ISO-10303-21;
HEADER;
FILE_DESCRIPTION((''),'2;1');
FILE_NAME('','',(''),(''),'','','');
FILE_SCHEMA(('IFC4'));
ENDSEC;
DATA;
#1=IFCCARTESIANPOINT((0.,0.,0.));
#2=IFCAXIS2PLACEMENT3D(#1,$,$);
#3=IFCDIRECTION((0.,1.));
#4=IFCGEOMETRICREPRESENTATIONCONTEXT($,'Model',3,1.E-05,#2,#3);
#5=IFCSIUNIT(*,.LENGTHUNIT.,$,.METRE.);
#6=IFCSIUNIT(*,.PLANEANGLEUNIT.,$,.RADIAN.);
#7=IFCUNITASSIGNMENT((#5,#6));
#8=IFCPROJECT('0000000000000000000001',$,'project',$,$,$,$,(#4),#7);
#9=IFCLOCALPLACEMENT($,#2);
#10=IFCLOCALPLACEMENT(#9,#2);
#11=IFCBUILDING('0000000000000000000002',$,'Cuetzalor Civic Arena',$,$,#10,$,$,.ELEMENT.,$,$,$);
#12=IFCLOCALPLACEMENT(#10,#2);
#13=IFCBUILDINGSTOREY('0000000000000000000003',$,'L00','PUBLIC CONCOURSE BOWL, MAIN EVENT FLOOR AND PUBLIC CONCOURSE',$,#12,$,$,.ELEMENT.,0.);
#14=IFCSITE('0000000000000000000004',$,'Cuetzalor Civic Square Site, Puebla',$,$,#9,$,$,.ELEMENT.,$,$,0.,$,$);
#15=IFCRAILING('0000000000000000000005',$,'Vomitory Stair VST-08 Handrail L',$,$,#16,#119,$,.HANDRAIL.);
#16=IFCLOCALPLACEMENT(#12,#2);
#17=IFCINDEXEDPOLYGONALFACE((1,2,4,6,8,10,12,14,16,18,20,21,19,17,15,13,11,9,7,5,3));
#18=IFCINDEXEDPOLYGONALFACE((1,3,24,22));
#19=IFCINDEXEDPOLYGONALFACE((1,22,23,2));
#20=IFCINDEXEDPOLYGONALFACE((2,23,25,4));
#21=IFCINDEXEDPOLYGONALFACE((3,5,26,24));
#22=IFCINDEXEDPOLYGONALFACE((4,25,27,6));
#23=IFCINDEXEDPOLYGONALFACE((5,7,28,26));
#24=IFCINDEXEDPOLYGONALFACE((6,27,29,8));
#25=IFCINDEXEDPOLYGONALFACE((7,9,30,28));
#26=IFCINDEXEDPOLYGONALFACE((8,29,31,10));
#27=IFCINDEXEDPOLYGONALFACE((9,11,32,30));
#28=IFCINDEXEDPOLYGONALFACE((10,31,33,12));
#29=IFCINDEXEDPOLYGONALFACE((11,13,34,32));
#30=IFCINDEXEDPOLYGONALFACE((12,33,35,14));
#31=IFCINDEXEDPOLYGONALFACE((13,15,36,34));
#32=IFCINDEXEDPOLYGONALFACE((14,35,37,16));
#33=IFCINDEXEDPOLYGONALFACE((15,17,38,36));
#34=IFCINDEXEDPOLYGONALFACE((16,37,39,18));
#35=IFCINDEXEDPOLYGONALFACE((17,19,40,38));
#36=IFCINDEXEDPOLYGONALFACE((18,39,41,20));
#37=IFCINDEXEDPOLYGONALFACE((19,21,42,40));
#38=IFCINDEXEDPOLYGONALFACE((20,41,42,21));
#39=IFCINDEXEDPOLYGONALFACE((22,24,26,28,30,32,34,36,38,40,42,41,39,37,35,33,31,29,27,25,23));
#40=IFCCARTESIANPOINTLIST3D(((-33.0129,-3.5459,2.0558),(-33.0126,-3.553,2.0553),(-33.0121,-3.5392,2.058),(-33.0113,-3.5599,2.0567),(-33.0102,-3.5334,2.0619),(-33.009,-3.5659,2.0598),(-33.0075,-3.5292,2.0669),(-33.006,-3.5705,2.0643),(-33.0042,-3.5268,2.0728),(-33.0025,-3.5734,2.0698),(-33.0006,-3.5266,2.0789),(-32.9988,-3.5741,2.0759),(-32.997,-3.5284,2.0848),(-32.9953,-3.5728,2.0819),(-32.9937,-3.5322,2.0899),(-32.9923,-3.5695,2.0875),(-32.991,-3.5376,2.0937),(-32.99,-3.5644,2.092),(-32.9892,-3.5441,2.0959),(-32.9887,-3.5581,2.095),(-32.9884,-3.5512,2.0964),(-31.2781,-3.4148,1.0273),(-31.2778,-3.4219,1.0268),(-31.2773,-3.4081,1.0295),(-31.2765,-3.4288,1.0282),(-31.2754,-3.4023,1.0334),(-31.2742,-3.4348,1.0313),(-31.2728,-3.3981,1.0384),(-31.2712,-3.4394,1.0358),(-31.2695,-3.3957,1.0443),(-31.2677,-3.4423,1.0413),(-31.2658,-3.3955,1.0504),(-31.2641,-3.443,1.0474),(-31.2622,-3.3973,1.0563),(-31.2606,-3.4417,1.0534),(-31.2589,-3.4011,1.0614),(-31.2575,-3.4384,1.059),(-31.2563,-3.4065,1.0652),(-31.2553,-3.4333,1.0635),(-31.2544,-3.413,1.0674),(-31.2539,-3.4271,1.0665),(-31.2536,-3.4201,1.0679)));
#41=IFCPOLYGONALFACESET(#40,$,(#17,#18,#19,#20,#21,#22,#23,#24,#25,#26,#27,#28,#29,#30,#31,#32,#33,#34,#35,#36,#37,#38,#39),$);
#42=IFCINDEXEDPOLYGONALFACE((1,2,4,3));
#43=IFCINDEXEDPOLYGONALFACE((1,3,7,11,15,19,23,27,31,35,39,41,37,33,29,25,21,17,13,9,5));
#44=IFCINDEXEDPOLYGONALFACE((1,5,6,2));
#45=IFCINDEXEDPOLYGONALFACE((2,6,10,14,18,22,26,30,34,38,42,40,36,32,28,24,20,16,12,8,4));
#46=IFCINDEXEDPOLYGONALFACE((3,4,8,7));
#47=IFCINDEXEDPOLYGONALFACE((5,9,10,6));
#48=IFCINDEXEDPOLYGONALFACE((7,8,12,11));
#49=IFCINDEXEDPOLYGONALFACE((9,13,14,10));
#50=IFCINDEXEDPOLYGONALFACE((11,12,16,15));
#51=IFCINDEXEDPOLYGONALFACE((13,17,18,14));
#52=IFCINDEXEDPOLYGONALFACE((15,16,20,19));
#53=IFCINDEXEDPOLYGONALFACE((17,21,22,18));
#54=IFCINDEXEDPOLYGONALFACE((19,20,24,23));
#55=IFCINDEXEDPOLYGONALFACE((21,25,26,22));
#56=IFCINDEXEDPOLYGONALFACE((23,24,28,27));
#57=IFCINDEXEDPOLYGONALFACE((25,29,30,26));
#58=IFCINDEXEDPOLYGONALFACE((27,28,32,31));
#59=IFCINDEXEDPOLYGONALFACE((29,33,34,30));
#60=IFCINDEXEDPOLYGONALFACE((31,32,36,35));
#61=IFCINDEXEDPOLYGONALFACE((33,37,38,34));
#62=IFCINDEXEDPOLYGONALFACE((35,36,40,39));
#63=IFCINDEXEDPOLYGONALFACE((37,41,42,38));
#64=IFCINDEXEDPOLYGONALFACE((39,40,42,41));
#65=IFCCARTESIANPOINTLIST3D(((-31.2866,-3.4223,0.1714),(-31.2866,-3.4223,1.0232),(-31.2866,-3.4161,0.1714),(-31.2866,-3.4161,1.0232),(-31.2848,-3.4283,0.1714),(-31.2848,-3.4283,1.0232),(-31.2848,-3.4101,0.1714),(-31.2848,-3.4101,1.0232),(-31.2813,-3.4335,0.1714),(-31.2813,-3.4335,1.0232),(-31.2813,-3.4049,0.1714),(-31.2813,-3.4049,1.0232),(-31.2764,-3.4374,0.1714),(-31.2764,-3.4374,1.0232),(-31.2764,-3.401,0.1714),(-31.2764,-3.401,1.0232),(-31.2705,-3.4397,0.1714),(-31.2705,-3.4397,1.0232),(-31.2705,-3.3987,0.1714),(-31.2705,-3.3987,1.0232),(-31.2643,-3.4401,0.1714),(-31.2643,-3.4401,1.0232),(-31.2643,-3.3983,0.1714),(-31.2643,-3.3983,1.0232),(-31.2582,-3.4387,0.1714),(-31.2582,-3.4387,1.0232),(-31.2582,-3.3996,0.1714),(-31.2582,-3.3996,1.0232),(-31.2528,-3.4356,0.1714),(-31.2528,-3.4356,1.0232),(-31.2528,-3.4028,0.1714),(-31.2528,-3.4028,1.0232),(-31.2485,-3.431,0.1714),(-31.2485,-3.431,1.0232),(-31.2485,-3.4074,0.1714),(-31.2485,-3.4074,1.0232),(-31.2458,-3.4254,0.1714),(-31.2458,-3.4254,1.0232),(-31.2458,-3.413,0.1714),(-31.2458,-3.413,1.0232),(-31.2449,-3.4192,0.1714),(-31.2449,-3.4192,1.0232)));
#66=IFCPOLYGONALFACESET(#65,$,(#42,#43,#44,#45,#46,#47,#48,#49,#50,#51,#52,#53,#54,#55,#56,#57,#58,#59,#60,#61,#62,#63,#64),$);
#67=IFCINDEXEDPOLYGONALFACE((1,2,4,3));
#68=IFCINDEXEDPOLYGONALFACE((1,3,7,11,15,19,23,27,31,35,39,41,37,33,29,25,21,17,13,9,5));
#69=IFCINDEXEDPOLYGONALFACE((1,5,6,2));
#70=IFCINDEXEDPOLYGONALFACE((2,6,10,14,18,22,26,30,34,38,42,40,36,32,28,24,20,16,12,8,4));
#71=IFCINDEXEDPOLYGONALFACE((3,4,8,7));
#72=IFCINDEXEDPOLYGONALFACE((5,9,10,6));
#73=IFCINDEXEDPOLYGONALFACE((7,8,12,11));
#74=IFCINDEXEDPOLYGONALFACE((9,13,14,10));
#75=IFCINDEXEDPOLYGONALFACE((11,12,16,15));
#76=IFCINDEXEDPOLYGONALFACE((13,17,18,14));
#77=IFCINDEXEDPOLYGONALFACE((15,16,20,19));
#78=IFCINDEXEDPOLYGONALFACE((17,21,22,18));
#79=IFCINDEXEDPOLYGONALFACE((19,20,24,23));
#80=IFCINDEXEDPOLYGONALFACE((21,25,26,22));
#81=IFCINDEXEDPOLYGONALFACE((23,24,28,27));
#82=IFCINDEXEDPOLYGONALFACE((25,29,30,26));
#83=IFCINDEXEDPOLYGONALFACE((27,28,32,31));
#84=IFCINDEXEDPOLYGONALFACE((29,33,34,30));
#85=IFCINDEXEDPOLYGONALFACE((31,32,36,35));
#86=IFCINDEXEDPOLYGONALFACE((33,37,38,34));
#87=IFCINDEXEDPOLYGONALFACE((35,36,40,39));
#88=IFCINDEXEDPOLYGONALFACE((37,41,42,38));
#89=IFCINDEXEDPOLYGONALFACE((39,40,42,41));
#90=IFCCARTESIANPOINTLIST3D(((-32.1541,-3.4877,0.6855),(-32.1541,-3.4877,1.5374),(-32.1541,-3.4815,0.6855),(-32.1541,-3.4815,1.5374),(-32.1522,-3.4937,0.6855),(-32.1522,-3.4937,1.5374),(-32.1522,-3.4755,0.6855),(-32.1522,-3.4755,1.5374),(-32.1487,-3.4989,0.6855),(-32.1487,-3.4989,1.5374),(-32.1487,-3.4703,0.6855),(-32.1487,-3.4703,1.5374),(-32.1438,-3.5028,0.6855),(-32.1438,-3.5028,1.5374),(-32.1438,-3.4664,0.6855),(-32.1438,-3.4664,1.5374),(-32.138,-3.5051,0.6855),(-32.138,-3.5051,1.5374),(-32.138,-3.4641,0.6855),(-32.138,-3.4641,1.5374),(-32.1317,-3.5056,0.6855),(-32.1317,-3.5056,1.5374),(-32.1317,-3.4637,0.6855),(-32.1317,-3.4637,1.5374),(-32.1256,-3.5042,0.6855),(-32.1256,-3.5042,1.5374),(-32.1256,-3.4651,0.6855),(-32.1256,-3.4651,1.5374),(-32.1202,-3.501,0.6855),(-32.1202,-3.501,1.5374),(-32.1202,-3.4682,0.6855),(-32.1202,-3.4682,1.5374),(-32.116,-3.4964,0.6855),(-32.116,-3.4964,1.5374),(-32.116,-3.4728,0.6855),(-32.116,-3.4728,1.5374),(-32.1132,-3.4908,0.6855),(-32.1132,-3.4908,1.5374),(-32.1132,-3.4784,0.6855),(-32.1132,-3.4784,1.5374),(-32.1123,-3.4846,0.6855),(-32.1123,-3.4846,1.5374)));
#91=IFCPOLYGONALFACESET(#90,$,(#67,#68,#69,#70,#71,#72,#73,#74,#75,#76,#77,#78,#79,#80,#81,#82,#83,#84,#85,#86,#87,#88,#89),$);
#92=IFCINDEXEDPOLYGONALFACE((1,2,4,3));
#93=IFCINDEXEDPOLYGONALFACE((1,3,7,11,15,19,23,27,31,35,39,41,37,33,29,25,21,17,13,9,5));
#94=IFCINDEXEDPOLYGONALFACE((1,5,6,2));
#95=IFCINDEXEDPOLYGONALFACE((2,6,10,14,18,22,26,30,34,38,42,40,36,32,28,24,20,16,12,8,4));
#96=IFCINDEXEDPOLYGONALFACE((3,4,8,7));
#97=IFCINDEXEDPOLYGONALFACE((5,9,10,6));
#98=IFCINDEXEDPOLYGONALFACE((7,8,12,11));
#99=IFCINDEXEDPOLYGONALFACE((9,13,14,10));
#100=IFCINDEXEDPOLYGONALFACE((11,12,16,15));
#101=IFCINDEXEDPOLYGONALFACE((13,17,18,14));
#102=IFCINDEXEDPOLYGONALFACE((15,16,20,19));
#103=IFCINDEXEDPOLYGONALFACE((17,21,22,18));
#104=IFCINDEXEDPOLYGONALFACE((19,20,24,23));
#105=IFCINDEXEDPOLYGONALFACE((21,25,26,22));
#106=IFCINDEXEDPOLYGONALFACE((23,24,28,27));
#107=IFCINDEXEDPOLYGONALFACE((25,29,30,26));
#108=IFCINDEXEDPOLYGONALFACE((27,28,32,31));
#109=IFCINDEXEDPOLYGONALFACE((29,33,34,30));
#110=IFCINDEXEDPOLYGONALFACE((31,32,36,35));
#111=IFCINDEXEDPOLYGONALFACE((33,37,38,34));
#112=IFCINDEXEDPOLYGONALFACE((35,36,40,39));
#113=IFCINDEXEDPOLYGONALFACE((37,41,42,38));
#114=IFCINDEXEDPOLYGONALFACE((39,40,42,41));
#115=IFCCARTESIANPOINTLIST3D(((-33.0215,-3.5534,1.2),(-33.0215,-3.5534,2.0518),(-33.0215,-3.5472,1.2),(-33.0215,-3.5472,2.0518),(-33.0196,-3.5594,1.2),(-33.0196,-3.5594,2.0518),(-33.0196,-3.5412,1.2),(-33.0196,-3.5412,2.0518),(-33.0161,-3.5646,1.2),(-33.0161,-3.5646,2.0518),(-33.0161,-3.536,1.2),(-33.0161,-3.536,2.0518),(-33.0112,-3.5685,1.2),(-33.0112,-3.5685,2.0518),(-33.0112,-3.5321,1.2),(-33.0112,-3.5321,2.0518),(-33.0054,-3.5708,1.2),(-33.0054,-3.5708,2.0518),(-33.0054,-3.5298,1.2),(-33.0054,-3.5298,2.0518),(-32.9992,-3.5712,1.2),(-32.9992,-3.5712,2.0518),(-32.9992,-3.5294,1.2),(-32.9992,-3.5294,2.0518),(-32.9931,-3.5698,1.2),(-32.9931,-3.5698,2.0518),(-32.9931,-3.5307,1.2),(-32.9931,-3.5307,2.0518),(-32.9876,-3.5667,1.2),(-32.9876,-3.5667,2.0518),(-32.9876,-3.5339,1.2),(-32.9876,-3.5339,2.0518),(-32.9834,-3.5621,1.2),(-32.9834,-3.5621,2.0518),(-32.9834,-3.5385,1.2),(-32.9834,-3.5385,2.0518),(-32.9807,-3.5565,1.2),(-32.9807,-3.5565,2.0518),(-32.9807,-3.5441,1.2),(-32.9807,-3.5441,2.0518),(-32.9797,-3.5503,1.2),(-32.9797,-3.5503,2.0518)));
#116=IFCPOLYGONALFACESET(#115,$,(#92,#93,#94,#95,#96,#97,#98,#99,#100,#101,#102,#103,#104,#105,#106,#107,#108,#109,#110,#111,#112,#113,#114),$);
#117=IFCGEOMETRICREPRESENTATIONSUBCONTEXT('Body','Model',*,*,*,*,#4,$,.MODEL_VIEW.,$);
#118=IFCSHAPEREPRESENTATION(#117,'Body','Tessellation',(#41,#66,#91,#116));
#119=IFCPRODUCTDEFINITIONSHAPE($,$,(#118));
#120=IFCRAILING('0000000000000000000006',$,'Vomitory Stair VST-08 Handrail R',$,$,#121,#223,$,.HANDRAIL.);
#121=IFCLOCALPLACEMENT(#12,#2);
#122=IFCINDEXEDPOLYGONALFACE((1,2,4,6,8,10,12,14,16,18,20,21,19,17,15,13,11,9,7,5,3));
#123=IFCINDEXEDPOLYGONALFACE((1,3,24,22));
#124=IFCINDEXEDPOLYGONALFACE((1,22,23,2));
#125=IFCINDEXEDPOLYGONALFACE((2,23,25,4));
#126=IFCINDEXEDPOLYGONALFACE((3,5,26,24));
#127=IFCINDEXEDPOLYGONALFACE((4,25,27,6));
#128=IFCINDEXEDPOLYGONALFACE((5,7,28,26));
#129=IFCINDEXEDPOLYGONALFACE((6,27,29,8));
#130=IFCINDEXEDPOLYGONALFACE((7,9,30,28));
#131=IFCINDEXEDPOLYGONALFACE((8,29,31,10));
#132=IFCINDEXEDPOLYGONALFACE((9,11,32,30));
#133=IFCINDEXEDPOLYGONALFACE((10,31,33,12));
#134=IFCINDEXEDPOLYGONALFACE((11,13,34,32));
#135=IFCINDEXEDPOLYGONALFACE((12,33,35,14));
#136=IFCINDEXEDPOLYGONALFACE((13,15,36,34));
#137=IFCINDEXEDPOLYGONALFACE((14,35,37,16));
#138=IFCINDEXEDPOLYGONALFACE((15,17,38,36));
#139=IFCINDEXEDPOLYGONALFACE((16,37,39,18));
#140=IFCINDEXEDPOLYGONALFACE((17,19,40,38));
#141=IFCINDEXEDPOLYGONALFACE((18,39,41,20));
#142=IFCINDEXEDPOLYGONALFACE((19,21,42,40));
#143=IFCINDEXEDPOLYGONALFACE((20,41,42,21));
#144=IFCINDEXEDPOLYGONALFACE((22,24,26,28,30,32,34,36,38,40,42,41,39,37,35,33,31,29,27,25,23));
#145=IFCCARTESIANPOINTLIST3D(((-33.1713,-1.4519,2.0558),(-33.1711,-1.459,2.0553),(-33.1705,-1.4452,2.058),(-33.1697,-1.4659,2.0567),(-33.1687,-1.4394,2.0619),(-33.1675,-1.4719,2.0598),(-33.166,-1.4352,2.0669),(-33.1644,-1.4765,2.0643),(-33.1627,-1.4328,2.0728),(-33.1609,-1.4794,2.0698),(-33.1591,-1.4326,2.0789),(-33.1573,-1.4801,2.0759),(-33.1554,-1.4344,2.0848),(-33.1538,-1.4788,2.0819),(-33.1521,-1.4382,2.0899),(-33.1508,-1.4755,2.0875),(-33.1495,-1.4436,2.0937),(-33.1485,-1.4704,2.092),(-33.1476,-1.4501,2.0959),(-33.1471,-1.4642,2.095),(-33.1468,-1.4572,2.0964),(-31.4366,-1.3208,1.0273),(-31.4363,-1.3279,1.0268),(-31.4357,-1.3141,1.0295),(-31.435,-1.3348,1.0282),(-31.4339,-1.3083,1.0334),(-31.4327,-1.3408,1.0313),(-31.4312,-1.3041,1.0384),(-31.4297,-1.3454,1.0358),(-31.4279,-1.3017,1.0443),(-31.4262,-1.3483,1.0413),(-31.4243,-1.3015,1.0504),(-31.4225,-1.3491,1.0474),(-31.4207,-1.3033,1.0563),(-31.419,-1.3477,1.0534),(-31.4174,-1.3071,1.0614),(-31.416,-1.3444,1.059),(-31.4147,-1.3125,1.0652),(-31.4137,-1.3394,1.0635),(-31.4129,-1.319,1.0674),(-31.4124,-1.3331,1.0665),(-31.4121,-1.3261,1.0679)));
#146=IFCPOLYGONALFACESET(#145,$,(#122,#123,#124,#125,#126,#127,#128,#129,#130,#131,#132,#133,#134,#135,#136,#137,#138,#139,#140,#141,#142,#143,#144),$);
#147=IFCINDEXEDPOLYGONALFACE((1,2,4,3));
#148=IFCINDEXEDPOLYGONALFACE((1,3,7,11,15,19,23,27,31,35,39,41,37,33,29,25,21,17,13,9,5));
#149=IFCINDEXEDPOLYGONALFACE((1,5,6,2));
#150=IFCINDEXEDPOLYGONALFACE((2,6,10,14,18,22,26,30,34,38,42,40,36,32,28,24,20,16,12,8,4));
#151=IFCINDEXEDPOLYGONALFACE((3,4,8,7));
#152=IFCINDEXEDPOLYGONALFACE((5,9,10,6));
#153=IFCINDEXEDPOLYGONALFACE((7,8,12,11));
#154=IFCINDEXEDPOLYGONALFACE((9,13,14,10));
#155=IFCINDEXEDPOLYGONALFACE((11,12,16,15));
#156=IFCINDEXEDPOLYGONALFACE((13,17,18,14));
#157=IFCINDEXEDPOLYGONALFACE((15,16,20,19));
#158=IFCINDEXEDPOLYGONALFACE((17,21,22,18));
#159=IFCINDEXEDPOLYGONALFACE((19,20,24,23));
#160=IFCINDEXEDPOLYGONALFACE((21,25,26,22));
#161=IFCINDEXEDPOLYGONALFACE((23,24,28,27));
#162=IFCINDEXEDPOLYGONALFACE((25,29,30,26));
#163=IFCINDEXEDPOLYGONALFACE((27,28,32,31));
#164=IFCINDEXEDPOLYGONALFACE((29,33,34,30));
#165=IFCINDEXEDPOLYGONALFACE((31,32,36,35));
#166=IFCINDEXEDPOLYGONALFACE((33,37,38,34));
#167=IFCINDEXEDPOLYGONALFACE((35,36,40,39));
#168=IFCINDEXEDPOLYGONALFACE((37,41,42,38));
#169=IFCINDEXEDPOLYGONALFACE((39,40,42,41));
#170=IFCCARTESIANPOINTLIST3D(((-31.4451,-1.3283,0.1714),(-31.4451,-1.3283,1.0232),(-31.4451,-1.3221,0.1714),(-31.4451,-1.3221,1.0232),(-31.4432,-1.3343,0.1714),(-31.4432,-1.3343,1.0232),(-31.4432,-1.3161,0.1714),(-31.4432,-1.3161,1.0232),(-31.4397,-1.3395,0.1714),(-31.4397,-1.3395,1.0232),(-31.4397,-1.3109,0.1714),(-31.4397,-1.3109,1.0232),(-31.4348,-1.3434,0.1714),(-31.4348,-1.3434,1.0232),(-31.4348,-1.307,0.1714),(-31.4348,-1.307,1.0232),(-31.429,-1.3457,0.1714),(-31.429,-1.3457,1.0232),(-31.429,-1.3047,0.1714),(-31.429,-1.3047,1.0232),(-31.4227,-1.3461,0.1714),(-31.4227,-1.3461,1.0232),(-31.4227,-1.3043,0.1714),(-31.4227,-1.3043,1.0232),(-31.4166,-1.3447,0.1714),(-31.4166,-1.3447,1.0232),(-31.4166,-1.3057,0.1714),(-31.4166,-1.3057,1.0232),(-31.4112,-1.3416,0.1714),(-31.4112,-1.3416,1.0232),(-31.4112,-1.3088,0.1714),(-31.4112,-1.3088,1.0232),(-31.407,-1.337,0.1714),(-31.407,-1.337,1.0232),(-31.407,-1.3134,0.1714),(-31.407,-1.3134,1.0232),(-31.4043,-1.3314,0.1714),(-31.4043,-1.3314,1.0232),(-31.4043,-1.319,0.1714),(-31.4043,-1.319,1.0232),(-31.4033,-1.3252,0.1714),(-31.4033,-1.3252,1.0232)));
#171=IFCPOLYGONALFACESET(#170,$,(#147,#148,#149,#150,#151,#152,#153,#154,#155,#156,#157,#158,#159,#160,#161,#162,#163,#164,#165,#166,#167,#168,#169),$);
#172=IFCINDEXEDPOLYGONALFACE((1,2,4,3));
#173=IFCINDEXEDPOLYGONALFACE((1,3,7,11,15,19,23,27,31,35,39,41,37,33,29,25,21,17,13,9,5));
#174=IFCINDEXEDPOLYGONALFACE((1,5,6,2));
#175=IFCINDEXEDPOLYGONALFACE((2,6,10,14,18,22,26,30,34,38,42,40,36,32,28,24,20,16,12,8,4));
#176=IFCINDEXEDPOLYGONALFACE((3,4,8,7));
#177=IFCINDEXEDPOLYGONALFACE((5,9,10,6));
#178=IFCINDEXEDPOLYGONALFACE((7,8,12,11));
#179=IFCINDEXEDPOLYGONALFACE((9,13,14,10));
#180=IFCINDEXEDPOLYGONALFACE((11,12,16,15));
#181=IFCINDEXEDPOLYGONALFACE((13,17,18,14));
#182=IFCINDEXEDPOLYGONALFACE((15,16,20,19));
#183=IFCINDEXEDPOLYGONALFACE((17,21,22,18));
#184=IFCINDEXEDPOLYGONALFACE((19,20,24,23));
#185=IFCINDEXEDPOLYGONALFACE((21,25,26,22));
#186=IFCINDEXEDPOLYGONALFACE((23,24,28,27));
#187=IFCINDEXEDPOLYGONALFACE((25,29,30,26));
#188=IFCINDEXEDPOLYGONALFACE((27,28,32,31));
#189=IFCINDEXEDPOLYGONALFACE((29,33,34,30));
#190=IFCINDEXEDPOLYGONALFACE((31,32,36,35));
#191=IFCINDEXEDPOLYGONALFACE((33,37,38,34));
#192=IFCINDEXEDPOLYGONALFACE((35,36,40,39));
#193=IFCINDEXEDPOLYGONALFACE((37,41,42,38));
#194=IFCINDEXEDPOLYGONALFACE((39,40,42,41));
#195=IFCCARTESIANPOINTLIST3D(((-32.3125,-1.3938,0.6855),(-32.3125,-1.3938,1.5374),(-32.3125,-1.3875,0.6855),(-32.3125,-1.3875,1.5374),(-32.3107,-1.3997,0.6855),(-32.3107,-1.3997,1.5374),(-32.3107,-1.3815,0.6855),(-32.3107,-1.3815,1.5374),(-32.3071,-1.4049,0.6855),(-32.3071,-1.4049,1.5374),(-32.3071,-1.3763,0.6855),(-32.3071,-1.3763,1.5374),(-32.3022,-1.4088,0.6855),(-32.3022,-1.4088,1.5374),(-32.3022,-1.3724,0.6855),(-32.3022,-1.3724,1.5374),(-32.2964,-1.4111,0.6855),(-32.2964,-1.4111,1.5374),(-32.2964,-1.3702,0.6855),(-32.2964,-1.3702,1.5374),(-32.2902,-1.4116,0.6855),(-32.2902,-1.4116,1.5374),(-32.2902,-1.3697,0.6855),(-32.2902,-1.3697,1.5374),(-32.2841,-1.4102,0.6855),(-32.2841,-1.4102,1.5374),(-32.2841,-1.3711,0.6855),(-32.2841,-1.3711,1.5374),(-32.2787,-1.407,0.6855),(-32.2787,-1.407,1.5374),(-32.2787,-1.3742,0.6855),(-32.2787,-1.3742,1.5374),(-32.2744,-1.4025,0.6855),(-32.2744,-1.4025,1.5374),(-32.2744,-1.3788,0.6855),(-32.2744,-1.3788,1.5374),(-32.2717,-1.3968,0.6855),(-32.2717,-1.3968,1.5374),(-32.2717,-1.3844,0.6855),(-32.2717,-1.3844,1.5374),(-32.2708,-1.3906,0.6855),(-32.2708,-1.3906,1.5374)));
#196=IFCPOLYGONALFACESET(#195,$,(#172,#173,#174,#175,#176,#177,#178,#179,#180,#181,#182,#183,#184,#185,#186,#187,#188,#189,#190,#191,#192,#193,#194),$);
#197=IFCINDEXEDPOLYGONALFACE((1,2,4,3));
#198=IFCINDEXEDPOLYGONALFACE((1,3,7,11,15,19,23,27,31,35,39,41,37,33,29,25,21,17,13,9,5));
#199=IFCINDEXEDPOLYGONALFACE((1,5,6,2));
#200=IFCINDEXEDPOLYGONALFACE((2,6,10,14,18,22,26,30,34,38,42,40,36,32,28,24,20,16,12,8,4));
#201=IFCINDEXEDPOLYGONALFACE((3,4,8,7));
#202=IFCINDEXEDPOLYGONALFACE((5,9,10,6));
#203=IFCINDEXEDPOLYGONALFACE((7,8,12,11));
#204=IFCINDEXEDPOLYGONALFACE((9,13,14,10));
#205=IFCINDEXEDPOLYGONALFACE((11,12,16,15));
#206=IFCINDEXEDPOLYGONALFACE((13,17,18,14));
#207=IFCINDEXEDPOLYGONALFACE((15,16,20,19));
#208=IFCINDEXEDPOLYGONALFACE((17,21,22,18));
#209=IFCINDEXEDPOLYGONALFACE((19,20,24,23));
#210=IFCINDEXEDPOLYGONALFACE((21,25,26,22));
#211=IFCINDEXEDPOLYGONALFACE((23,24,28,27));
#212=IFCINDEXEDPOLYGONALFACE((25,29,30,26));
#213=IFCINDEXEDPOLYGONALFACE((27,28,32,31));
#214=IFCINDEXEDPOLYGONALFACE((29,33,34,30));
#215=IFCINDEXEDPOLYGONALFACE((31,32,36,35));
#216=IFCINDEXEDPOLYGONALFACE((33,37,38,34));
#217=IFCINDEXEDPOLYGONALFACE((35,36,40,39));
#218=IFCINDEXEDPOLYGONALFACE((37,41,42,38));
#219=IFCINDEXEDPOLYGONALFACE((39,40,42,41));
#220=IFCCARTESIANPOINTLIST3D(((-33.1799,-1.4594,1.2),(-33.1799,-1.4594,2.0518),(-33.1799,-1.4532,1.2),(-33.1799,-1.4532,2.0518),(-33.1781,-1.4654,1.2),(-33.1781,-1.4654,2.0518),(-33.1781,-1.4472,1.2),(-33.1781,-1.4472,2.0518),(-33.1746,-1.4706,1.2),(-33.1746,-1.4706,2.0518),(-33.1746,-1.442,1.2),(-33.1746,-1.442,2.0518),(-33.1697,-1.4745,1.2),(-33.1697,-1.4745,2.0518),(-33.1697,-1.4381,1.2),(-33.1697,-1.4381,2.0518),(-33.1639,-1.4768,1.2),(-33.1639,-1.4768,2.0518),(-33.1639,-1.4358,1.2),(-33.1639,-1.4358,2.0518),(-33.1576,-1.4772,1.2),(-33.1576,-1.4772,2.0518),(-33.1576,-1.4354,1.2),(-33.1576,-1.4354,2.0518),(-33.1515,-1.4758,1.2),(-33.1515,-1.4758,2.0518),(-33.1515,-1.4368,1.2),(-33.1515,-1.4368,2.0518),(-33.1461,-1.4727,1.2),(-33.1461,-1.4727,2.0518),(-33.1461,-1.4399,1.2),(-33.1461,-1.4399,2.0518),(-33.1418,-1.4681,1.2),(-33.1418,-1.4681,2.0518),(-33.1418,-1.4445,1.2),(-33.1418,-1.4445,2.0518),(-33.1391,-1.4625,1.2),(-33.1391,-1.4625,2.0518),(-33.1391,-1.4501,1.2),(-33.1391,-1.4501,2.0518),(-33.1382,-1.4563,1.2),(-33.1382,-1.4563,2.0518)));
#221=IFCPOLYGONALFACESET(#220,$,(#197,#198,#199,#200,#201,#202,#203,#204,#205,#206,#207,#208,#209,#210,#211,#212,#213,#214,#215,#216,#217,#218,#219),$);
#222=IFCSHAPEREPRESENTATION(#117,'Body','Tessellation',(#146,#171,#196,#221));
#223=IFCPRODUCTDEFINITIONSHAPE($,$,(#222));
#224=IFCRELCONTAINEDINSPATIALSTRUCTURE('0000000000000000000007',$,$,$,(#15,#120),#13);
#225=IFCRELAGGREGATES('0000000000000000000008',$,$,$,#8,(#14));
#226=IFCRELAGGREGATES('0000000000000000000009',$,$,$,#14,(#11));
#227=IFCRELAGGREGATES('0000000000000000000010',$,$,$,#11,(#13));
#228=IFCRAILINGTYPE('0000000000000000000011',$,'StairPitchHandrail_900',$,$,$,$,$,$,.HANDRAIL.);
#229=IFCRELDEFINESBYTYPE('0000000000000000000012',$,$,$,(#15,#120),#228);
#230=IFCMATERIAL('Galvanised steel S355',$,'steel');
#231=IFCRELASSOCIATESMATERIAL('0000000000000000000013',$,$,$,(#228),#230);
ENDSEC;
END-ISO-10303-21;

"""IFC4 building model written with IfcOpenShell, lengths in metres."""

from ifc_helpers import new_model, si_unit, direction, frame, origin, origin_2d, place, context, subcontext, project, spatial, circle, extrude, material, type_object, element, save


model = new_model("IFC4")

# Units and contexts
model_context = context("Model", 3, precision=1e-05, world=origin(), true_north=direction((0.0, 1.0)))
body_context = subcontext(model_context, "Body", "Model", "MODEL_VIEW")
ifc_project = project(units=[si_unit("LENGTHUNIT", "METRE"), si_unit("PLANEANGLEUNIT", "RADIAN")], contexts=[model_context])

# Site, building, storey
site_placement = place(None, origin())
site = spatial("IfcSite", under=ifc_project, at=site_placement, Name="Cuetzalor Civic Square Site, Puebla", CompositionType="ELEMENT", RefElevation=0.0)
building_placement = place(site_placement, origin())
building = spatial("IfcBuilding", under=site, at=building_placement, Name="Cuetzalor Civic Arena", CompositionType="ELEMENT")
storey_placement = place(building_placement, origin())
storey = spatial("IfcBuildingStorey", under=building, at=storey_placement, Name="L00", Description="PUBLIC CONCOURSE BOWL, MAIN EVENT FLOOR AND PUBLIC CONCOURSE", CompositionType="ELEMENT", Elevation=0.0)

# Railings
ifc_material_1 = material(Name="Galvanised steel S355", Category="steel")
railing_type_1 = type_object("IfcRailingType", Name="StairPitchHandrail_900", PredefinedType="HANDRAIL", material=ifc_material_1)
for number, where, name in (
    (1, (-31.2659, -3.4192, 0.1714), "Vomitory Stair VST-08 Handrail L"),
    (2, (-31.4243, -1.3252, 0.1714), "Vomitory Stair VST-08 Handrail R"),
):
    element("IfcRailing", number, at=place(storey_placement, frame(where)), inside=storey, type_object=railing_type_1, Name=name, PredefinedType="HANDRAIL", context=body_context, shape_type="SweptSolid", body=[
        extrude(circle(Radius=0.0239, at=origin_2d()), frame((0.0, 0.0, 0.876), z_axis=(-0.858372, -0.064867, 0.508911), x_axis=(0.075355, -0.997157, 0.0)), (0.0, 0.0, 1.0), 2.021),
        extrude(circle(Radius=0.021, at=origin_2d()), origin(), (0.0, 0.0, 1.0), 0.8518),
        extrude(circle(Radius=0.021, at=origin_2d()), frame((-0.8674, -0.0654, 0.5142)), (0.0, 0.0, 1.0), 0.8518),
        extrude(circle(Radius=0.021, at=origin_2d()), frame((-1.7349, -0.1311, 1.0286)), (0.0, 0.0, 1.0), 0.8518),
    ])

save(model, "model.ifc")
